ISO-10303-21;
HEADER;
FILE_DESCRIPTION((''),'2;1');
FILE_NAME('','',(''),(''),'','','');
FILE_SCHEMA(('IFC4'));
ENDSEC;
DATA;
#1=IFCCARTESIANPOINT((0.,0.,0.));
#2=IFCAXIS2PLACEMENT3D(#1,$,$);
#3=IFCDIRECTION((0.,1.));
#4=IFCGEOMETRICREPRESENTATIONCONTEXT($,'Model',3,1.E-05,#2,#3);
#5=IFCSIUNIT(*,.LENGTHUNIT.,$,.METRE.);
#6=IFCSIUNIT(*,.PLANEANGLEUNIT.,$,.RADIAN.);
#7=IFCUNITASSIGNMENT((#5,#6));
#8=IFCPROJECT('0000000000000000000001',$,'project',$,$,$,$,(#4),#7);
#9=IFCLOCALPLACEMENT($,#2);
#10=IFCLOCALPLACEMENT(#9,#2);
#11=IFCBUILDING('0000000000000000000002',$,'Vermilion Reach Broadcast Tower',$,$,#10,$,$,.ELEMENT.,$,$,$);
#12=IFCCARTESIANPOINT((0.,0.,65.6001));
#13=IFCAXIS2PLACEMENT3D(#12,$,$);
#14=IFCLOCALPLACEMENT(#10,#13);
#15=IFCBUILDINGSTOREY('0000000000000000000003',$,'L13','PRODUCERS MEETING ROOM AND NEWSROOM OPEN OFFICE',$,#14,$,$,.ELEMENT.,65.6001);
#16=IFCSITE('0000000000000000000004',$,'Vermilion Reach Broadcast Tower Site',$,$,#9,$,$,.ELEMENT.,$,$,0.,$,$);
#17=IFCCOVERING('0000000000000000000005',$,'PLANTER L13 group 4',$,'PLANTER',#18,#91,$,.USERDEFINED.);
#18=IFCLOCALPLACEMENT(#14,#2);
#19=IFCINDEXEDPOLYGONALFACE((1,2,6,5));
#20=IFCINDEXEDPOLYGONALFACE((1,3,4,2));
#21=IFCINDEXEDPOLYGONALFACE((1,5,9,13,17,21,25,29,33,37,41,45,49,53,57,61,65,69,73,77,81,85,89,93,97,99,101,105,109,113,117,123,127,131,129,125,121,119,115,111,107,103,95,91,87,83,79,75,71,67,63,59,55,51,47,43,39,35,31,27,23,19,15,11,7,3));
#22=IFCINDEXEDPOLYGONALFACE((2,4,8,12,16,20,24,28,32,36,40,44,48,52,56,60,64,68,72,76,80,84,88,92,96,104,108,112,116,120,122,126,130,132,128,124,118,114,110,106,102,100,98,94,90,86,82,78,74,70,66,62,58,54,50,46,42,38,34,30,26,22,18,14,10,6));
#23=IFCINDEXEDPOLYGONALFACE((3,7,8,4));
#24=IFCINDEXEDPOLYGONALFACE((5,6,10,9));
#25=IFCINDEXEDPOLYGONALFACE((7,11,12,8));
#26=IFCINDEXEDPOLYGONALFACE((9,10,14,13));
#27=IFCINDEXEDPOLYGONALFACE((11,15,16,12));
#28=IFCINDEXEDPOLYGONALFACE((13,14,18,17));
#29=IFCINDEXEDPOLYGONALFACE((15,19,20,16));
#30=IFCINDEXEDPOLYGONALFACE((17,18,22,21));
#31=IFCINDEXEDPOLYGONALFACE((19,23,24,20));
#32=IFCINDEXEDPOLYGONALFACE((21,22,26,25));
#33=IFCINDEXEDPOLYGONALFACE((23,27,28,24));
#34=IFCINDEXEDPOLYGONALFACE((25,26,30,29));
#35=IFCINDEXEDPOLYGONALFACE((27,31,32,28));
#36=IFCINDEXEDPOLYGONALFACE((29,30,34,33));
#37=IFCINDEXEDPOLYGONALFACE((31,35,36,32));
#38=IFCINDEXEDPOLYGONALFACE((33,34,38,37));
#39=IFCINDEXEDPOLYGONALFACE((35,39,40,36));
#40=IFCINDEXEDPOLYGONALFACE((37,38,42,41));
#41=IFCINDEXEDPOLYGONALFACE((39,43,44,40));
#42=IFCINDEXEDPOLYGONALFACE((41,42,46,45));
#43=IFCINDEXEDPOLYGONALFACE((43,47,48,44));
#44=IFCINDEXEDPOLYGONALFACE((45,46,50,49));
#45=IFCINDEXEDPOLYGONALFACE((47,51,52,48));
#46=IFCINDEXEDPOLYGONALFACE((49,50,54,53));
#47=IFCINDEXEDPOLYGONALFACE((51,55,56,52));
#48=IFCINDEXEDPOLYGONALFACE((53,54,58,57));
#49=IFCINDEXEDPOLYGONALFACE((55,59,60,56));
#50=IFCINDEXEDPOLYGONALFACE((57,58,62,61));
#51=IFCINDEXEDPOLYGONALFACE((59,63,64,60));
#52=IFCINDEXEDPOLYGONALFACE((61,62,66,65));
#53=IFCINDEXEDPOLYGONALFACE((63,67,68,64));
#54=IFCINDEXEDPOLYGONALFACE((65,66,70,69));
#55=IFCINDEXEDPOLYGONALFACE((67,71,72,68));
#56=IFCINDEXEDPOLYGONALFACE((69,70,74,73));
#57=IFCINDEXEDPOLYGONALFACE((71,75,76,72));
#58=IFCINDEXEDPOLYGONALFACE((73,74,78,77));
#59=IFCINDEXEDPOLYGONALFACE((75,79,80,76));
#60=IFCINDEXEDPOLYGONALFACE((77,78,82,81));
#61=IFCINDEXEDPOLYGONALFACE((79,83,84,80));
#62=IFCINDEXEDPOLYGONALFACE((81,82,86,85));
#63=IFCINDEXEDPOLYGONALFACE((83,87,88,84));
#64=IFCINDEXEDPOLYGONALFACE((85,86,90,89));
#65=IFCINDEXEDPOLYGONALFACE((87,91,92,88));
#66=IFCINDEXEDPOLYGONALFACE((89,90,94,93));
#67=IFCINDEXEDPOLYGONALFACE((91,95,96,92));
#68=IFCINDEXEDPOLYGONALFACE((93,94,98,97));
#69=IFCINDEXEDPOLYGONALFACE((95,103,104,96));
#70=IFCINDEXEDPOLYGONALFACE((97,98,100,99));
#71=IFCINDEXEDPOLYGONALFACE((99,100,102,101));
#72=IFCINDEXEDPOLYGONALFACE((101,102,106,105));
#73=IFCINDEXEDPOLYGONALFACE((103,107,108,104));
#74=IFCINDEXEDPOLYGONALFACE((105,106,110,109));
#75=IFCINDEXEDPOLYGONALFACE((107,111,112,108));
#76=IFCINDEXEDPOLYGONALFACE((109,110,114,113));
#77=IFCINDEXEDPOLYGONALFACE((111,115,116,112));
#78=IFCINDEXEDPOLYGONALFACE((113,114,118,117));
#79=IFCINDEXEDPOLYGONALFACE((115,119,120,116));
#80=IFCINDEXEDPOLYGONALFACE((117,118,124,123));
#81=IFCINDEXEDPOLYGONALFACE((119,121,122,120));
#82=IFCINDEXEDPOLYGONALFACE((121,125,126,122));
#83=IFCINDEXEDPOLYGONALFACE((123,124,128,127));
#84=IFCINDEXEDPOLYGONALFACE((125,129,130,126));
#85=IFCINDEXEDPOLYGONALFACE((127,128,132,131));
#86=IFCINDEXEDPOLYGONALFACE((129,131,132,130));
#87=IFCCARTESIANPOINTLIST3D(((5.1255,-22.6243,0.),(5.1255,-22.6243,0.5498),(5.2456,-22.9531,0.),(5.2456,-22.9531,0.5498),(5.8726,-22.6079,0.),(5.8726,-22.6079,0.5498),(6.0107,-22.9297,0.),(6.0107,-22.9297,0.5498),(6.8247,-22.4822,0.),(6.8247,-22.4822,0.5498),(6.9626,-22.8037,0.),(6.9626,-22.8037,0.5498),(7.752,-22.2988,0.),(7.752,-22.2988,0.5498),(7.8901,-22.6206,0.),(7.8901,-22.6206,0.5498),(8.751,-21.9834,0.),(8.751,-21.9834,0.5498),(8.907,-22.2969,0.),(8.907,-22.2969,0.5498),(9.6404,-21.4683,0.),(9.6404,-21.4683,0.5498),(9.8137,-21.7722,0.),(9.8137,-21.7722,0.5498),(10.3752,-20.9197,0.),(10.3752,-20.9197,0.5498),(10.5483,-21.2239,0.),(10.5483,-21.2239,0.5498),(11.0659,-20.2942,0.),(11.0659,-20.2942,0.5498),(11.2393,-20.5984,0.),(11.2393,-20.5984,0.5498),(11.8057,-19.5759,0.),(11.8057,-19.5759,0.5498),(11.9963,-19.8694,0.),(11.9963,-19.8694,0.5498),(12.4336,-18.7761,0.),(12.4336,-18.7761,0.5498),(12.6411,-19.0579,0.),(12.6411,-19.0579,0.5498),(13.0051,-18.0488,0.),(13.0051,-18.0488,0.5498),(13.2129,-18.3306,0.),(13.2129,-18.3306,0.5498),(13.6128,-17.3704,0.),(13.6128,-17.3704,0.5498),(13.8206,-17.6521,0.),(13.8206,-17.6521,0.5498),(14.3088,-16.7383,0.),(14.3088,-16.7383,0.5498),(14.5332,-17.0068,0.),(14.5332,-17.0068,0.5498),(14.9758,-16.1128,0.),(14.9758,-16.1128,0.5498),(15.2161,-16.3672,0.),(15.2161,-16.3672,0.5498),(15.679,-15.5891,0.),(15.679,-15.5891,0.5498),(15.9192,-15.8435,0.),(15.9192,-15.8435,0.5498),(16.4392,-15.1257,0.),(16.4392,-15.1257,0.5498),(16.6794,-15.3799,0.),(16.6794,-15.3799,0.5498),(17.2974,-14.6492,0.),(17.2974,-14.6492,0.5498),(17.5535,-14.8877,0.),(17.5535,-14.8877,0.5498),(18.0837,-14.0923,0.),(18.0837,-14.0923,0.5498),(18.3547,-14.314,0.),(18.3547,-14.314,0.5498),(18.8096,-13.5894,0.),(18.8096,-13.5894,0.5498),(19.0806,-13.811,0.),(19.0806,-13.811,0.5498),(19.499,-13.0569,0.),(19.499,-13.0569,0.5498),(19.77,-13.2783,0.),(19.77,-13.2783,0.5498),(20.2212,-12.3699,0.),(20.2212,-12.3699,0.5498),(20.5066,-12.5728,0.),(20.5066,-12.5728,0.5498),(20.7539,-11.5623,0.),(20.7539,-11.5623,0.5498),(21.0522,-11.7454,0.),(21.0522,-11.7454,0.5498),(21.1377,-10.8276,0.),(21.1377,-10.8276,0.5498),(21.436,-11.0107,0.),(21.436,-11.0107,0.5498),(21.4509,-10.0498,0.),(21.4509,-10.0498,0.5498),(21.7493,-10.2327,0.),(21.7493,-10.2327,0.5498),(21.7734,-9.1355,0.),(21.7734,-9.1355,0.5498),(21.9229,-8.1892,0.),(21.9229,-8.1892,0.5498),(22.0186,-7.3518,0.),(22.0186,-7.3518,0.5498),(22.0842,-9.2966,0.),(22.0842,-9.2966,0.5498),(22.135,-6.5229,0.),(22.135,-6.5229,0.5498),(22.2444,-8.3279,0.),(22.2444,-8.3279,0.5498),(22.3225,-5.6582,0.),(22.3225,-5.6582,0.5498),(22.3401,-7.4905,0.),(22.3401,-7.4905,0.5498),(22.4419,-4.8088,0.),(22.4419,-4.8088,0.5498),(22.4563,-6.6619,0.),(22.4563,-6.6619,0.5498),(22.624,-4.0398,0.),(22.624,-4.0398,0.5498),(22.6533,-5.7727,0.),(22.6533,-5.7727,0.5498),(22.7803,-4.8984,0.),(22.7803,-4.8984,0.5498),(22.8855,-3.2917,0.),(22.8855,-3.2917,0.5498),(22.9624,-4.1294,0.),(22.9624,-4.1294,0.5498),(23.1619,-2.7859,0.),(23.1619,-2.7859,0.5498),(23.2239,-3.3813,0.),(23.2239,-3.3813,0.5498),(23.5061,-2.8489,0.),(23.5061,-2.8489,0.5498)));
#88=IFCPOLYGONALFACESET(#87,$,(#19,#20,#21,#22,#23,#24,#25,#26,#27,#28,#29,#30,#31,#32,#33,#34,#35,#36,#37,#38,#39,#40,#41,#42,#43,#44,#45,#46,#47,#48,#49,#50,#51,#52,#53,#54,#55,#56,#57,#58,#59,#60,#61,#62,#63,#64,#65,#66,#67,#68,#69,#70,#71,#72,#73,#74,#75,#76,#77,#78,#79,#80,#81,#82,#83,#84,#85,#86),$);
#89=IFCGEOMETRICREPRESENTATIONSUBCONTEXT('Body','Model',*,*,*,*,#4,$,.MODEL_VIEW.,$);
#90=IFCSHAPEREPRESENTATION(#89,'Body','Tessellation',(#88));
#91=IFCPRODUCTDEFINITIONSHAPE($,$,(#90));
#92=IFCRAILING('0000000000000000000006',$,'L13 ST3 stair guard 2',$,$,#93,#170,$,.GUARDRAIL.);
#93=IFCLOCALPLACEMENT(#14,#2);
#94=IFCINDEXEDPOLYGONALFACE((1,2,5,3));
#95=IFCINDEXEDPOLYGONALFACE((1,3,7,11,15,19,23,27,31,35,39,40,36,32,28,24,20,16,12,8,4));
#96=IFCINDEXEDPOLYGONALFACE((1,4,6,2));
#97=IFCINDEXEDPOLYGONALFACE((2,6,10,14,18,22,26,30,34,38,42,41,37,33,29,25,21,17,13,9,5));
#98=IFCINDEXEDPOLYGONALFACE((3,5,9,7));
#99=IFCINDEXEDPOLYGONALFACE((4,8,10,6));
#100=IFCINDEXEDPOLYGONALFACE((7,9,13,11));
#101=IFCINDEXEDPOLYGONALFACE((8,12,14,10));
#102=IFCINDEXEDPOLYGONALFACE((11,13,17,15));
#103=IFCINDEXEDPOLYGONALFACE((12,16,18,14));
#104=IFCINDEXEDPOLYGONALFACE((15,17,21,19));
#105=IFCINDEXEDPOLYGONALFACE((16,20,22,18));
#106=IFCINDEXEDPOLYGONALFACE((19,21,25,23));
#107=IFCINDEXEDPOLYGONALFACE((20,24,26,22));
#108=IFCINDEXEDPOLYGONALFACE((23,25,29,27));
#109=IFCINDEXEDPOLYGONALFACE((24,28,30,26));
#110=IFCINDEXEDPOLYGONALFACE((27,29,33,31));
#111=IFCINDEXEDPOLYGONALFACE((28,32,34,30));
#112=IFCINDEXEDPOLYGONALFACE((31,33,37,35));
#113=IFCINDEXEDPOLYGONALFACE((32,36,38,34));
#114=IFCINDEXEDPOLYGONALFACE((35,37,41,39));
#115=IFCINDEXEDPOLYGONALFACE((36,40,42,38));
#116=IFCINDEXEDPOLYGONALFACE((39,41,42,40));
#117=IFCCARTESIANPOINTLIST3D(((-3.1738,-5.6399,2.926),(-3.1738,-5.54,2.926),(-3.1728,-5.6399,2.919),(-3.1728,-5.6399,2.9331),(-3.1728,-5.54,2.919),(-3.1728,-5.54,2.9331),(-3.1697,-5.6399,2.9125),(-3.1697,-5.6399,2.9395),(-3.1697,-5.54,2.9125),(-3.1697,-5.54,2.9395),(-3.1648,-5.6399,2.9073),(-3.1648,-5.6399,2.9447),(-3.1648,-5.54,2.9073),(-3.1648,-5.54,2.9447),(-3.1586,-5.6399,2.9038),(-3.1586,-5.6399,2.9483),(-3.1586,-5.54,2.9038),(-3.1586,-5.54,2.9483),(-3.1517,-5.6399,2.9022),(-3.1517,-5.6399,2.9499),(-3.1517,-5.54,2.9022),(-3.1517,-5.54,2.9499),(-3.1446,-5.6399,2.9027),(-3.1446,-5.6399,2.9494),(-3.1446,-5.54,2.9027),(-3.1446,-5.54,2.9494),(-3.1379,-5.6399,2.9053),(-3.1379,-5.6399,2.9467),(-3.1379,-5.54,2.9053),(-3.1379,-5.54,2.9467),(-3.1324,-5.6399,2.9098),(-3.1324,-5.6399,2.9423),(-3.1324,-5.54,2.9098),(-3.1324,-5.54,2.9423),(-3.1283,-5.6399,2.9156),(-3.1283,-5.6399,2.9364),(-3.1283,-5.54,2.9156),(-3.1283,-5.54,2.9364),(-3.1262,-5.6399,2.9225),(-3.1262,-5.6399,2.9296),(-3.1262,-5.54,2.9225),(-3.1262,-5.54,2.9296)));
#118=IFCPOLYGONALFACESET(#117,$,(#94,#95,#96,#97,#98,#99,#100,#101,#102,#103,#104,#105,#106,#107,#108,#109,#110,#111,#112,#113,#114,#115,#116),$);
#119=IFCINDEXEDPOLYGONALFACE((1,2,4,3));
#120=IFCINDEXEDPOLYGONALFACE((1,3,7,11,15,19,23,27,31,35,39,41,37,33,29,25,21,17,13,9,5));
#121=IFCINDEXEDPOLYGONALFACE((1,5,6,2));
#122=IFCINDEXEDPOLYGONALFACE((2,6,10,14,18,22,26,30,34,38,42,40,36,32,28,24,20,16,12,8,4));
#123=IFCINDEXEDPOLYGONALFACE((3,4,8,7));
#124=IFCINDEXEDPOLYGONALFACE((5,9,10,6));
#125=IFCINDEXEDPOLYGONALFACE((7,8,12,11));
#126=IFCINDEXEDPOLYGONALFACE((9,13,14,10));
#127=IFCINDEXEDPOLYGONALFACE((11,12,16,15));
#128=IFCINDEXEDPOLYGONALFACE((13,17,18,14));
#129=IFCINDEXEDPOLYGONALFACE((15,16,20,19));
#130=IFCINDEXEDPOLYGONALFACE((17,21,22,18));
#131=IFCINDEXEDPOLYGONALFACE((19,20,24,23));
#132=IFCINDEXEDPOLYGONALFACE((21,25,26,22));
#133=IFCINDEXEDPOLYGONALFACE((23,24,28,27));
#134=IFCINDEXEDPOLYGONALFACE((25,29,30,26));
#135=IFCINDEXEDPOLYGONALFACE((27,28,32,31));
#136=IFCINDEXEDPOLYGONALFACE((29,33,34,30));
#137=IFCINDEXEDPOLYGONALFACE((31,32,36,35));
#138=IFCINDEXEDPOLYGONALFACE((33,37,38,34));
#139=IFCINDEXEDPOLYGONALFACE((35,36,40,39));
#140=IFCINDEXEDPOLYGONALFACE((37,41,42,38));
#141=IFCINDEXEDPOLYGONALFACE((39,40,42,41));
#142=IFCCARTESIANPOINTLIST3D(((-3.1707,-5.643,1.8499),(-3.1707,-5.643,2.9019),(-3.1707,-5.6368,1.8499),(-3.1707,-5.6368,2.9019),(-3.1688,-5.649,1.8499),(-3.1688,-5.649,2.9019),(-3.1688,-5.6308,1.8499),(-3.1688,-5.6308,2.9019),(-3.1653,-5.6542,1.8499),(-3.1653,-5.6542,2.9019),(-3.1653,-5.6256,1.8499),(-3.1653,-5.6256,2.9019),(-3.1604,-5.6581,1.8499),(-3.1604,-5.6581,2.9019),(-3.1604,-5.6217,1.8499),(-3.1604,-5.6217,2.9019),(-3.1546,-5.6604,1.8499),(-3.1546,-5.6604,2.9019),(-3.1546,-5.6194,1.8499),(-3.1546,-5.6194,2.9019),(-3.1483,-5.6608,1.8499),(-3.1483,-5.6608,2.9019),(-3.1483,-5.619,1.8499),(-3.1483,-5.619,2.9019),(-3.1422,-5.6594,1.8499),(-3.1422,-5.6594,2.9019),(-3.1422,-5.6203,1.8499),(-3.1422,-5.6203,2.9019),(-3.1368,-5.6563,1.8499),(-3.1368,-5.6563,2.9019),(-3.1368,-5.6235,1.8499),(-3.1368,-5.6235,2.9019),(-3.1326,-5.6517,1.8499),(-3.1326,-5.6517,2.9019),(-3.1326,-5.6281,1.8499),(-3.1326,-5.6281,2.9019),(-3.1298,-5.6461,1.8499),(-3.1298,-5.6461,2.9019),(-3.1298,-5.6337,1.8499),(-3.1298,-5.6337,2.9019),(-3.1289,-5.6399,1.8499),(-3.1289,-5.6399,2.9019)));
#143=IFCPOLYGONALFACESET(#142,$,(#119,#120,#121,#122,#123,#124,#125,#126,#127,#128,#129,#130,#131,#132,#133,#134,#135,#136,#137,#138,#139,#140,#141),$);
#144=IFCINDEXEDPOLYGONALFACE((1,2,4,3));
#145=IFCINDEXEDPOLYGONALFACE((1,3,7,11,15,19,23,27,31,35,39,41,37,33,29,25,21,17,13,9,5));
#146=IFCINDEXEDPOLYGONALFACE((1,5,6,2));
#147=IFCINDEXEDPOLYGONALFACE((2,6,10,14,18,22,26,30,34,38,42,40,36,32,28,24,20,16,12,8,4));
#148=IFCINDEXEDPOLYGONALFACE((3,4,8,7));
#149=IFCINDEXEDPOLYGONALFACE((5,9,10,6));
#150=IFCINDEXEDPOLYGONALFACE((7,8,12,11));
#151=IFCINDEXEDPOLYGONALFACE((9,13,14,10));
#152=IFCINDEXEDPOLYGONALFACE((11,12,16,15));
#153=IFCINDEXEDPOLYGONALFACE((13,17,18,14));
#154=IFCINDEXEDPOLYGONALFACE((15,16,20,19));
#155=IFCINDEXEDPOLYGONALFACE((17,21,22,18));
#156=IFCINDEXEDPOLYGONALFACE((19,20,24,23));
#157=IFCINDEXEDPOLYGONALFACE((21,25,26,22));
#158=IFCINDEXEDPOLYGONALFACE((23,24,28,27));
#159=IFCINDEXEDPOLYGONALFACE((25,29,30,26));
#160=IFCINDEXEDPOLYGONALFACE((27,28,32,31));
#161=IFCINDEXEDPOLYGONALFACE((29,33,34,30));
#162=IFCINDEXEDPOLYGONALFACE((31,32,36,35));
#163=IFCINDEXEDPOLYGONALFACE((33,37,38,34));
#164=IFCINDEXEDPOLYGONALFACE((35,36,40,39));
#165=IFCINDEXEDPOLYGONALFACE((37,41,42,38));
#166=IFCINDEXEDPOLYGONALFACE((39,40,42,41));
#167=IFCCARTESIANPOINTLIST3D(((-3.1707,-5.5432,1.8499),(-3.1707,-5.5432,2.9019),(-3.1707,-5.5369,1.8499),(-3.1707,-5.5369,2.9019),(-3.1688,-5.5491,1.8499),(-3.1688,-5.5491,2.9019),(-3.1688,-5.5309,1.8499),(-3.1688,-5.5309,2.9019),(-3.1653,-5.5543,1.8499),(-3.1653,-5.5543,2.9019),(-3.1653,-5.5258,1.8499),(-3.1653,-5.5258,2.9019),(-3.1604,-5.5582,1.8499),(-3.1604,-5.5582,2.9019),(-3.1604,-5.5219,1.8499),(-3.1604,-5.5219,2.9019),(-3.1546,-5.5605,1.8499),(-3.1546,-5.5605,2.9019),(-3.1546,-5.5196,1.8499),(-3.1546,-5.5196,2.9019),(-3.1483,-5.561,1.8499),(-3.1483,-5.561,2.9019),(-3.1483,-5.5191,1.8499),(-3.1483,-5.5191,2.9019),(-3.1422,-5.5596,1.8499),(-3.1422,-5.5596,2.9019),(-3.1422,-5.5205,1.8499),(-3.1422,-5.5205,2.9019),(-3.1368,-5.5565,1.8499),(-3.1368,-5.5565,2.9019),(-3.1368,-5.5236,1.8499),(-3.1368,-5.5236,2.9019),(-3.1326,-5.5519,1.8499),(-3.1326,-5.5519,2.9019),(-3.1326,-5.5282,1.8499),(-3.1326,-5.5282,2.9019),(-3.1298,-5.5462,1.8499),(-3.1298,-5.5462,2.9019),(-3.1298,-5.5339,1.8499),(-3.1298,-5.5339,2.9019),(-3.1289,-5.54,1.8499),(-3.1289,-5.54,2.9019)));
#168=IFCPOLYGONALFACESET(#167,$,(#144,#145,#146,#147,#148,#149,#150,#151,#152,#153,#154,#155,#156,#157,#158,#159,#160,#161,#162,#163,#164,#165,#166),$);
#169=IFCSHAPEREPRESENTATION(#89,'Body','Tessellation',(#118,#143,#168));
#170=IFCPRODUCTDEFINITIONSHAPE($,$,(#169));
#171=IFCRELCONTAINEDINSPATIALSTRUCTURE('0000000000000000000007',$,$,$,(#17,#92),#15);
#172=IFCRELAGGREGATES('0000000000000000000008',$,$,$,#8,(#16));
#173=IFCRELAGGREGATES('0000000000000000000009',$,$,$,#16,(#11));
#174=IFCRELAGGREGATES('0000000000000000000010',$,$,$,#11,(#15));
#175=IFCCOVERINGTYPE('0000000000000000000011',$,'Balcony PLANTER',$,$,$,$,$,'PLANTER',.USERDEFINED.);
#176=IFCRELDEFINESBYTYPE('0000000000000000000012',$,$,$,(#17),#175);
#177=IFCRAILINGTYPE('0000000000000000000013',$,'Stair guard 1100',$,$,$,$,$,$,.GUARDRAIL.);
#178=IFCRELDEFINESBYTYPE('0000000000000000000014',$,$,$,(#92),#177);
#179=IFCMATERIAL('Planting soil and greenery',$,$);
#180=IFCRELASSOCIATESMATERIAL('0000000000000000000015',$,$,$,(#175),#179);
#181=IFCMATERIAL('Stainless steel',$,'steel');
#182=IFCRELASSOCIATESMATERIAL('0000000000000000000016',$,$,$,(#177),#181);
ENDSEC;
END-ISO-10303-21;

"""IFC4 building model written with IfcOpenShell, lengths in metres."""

from ifc_helpers import new_model, si_unit, direction, frame, origin, origin_2d, place, context, subcontext, project, spatial, polyline, circle, outline, extrude, material, type_object, element, save


model = new_model("IFC4")

# Units and contexts
model_context = context("Model", 3, precision=1e-05, world=origin(), true_north=direction((0.0, 1.0)))
body_context = subcontext(model_context, "Body", "Model", "MODEL_VIEW")
ifc_project = project(units=[si_unit("LENGTHUNIT", "METRE"), si_unit("PLANEANGLEUNIT", "RADIAN")], contexts=[model_context])

# Site, building, storey
site_placement = place(None, origin())
site = spatial("IfcSite", under=ifc_project, at=site_placement, Name="Vermilion Reach Broadcast Tower Site", CompositionType="ELEMENT", RefElevation=0.0)
building_placement = place(site_placement, origin())
building = spatial("IfcBuilding", under=site, at=building_placement, Name="Vermilion Reach Broadcast Tower", CompositionType="ELEMENT")
storey_placement = place(building_placement, frame((0.0, 0.0, 65.6001)))
storey = spatial("IfcBuildingStorey", under=building, at=storey_placement, Name="L13", Description="PRODUCERS MEETING ROOM AND NEWSROOM OPEN OFFICE", CompositionType="ELEMENT", Elevation=65.6001)

# Shared definitions
placement_1 = place(storey_placement, origin())

# Covering
ifc_material_1 = material(Name="Planting soil and greenery")
covering_type = type_object("IfcCoveringType", Name="Balcony PLANTER", ElementType="PLANTER", PredefinedType="USERDEFINED", material=ifc_material_1)
element("IfcCovering", 1, at=placement_1, inside=storey, type_object=covering_type, Name="PLANTER L13 group 4", ObjectType="PLANTER", PredefinedType="USERDEFINED", context=body_context, shape_type="SweptSolid", body=[
    extrude(outline(polyline([(5.2456, -22.9531), (6.0107, -22.9297), (6.9626, -22.8037), (7.8901, -22.6206), (8.907, -22.2969), (9.8137, -21.7722), (10.5483, -21.2239), (11.2393, -20.5984), (11.9963, -19.8694), (12.6411, -19.0579), (13.2129, -18.3306), (13.8206, -17.6521), (14.5332, -17.0068), (15.2161, -16.3672), (15.9192, -15.8435), (16.6794, -15.3799), (17.5535, -14.8877), (18.3547, -14.314), (19.0806, -13.811), (19.77, -13.2783), (20.5066, -12.5728), (21.0522, -11.7454), (21.436, -11.0107), (21.7493, -10.2327), (22.0842, -9.2966), (22.2444, -8.3279), (22.3401, -7.4905), (22.4563, -6.6619), (22.6533, -5.7727), (22.7803, -4.8984), (22.9624, -4.1294), (23.2239, -3.3813), (23.5061, -2.8489), (23.1619, -2.7859), (22.8855, -3.2917), (22.624, -4.0398), (22.4419, -4.8088), (22.3225, -5.6582), (22.135, -6.5229), (22.0186, -7.3518), (21.9229, -8.1892), (21.7734, -9.1355), (21.4509, -10.0498), (21.1377, -10.8276), (20.7539, -11.5623), (20.2212, -12.3699), (19.499, -13.0569), (18.8096, -13.5894), (18.0837, -14.0923), (17.2974, -14.6492), (16.4392, -15.1257), (15.679, -15.5891), (14.9758, -16.1128), (14.3088, -16.7383), (13.6128, -17.3704), (13.0051, -18.0488), (12.4336, -18.7761), (11.8057, -19.5759), (11.0659, -20.2942), (10.3752, -20.9197), (9.6404, -21.4683), (8.751, -21.9834), (7.752, -22.2988), (6.8247, -22.4822), (5.8726, -22.6079), (5.1255, -22.6243), (5.2456, -22.9531)])), origin(), (0.0, 0.0, 1.0), 0.5498),
])

# Railing
ifc_material_2 = material(Name="Stainless steel", Category="steel")
railing_type_1 = type_object("IfcRailingType", Name="Stair guard 1100", PredefinedType="GUARDRAIL", material=ifc_material_2)
railing_1_placement = place(storey_placement, frame((-3.1499, -5.6399, 1.8499)))
element("IfcRailing", 2, at=railing_1_placement, inside=storey, type_object=railing_type_1, Name="L13 ST3 stair guard 2", PredefinedType="GUARDRAIL", context=body_context, shape_type="SweptSolid", body=[
    extrude(circle(Radius=0.0239, at=origin_2d()), frame((0.0, 0.0, 1.0762), z_axis=(0.0, 1.0, 0.0), x_axis=(-1.0, 0.0, 0.0)), (0.0, 0.0, 1.0), 0.0999),
    extrude(circle(Radius=0.021, at=origin_2d()), origin(), (0.0, 0.0, 1.0), 1.052),
    extrude(circle(Radius=0.021, at=origin_2d()), frame((0.0, 0.0999, 0.0)), (0.0, 0.0, 1.0), 1.052),
])

save(model, "model.ifc")
